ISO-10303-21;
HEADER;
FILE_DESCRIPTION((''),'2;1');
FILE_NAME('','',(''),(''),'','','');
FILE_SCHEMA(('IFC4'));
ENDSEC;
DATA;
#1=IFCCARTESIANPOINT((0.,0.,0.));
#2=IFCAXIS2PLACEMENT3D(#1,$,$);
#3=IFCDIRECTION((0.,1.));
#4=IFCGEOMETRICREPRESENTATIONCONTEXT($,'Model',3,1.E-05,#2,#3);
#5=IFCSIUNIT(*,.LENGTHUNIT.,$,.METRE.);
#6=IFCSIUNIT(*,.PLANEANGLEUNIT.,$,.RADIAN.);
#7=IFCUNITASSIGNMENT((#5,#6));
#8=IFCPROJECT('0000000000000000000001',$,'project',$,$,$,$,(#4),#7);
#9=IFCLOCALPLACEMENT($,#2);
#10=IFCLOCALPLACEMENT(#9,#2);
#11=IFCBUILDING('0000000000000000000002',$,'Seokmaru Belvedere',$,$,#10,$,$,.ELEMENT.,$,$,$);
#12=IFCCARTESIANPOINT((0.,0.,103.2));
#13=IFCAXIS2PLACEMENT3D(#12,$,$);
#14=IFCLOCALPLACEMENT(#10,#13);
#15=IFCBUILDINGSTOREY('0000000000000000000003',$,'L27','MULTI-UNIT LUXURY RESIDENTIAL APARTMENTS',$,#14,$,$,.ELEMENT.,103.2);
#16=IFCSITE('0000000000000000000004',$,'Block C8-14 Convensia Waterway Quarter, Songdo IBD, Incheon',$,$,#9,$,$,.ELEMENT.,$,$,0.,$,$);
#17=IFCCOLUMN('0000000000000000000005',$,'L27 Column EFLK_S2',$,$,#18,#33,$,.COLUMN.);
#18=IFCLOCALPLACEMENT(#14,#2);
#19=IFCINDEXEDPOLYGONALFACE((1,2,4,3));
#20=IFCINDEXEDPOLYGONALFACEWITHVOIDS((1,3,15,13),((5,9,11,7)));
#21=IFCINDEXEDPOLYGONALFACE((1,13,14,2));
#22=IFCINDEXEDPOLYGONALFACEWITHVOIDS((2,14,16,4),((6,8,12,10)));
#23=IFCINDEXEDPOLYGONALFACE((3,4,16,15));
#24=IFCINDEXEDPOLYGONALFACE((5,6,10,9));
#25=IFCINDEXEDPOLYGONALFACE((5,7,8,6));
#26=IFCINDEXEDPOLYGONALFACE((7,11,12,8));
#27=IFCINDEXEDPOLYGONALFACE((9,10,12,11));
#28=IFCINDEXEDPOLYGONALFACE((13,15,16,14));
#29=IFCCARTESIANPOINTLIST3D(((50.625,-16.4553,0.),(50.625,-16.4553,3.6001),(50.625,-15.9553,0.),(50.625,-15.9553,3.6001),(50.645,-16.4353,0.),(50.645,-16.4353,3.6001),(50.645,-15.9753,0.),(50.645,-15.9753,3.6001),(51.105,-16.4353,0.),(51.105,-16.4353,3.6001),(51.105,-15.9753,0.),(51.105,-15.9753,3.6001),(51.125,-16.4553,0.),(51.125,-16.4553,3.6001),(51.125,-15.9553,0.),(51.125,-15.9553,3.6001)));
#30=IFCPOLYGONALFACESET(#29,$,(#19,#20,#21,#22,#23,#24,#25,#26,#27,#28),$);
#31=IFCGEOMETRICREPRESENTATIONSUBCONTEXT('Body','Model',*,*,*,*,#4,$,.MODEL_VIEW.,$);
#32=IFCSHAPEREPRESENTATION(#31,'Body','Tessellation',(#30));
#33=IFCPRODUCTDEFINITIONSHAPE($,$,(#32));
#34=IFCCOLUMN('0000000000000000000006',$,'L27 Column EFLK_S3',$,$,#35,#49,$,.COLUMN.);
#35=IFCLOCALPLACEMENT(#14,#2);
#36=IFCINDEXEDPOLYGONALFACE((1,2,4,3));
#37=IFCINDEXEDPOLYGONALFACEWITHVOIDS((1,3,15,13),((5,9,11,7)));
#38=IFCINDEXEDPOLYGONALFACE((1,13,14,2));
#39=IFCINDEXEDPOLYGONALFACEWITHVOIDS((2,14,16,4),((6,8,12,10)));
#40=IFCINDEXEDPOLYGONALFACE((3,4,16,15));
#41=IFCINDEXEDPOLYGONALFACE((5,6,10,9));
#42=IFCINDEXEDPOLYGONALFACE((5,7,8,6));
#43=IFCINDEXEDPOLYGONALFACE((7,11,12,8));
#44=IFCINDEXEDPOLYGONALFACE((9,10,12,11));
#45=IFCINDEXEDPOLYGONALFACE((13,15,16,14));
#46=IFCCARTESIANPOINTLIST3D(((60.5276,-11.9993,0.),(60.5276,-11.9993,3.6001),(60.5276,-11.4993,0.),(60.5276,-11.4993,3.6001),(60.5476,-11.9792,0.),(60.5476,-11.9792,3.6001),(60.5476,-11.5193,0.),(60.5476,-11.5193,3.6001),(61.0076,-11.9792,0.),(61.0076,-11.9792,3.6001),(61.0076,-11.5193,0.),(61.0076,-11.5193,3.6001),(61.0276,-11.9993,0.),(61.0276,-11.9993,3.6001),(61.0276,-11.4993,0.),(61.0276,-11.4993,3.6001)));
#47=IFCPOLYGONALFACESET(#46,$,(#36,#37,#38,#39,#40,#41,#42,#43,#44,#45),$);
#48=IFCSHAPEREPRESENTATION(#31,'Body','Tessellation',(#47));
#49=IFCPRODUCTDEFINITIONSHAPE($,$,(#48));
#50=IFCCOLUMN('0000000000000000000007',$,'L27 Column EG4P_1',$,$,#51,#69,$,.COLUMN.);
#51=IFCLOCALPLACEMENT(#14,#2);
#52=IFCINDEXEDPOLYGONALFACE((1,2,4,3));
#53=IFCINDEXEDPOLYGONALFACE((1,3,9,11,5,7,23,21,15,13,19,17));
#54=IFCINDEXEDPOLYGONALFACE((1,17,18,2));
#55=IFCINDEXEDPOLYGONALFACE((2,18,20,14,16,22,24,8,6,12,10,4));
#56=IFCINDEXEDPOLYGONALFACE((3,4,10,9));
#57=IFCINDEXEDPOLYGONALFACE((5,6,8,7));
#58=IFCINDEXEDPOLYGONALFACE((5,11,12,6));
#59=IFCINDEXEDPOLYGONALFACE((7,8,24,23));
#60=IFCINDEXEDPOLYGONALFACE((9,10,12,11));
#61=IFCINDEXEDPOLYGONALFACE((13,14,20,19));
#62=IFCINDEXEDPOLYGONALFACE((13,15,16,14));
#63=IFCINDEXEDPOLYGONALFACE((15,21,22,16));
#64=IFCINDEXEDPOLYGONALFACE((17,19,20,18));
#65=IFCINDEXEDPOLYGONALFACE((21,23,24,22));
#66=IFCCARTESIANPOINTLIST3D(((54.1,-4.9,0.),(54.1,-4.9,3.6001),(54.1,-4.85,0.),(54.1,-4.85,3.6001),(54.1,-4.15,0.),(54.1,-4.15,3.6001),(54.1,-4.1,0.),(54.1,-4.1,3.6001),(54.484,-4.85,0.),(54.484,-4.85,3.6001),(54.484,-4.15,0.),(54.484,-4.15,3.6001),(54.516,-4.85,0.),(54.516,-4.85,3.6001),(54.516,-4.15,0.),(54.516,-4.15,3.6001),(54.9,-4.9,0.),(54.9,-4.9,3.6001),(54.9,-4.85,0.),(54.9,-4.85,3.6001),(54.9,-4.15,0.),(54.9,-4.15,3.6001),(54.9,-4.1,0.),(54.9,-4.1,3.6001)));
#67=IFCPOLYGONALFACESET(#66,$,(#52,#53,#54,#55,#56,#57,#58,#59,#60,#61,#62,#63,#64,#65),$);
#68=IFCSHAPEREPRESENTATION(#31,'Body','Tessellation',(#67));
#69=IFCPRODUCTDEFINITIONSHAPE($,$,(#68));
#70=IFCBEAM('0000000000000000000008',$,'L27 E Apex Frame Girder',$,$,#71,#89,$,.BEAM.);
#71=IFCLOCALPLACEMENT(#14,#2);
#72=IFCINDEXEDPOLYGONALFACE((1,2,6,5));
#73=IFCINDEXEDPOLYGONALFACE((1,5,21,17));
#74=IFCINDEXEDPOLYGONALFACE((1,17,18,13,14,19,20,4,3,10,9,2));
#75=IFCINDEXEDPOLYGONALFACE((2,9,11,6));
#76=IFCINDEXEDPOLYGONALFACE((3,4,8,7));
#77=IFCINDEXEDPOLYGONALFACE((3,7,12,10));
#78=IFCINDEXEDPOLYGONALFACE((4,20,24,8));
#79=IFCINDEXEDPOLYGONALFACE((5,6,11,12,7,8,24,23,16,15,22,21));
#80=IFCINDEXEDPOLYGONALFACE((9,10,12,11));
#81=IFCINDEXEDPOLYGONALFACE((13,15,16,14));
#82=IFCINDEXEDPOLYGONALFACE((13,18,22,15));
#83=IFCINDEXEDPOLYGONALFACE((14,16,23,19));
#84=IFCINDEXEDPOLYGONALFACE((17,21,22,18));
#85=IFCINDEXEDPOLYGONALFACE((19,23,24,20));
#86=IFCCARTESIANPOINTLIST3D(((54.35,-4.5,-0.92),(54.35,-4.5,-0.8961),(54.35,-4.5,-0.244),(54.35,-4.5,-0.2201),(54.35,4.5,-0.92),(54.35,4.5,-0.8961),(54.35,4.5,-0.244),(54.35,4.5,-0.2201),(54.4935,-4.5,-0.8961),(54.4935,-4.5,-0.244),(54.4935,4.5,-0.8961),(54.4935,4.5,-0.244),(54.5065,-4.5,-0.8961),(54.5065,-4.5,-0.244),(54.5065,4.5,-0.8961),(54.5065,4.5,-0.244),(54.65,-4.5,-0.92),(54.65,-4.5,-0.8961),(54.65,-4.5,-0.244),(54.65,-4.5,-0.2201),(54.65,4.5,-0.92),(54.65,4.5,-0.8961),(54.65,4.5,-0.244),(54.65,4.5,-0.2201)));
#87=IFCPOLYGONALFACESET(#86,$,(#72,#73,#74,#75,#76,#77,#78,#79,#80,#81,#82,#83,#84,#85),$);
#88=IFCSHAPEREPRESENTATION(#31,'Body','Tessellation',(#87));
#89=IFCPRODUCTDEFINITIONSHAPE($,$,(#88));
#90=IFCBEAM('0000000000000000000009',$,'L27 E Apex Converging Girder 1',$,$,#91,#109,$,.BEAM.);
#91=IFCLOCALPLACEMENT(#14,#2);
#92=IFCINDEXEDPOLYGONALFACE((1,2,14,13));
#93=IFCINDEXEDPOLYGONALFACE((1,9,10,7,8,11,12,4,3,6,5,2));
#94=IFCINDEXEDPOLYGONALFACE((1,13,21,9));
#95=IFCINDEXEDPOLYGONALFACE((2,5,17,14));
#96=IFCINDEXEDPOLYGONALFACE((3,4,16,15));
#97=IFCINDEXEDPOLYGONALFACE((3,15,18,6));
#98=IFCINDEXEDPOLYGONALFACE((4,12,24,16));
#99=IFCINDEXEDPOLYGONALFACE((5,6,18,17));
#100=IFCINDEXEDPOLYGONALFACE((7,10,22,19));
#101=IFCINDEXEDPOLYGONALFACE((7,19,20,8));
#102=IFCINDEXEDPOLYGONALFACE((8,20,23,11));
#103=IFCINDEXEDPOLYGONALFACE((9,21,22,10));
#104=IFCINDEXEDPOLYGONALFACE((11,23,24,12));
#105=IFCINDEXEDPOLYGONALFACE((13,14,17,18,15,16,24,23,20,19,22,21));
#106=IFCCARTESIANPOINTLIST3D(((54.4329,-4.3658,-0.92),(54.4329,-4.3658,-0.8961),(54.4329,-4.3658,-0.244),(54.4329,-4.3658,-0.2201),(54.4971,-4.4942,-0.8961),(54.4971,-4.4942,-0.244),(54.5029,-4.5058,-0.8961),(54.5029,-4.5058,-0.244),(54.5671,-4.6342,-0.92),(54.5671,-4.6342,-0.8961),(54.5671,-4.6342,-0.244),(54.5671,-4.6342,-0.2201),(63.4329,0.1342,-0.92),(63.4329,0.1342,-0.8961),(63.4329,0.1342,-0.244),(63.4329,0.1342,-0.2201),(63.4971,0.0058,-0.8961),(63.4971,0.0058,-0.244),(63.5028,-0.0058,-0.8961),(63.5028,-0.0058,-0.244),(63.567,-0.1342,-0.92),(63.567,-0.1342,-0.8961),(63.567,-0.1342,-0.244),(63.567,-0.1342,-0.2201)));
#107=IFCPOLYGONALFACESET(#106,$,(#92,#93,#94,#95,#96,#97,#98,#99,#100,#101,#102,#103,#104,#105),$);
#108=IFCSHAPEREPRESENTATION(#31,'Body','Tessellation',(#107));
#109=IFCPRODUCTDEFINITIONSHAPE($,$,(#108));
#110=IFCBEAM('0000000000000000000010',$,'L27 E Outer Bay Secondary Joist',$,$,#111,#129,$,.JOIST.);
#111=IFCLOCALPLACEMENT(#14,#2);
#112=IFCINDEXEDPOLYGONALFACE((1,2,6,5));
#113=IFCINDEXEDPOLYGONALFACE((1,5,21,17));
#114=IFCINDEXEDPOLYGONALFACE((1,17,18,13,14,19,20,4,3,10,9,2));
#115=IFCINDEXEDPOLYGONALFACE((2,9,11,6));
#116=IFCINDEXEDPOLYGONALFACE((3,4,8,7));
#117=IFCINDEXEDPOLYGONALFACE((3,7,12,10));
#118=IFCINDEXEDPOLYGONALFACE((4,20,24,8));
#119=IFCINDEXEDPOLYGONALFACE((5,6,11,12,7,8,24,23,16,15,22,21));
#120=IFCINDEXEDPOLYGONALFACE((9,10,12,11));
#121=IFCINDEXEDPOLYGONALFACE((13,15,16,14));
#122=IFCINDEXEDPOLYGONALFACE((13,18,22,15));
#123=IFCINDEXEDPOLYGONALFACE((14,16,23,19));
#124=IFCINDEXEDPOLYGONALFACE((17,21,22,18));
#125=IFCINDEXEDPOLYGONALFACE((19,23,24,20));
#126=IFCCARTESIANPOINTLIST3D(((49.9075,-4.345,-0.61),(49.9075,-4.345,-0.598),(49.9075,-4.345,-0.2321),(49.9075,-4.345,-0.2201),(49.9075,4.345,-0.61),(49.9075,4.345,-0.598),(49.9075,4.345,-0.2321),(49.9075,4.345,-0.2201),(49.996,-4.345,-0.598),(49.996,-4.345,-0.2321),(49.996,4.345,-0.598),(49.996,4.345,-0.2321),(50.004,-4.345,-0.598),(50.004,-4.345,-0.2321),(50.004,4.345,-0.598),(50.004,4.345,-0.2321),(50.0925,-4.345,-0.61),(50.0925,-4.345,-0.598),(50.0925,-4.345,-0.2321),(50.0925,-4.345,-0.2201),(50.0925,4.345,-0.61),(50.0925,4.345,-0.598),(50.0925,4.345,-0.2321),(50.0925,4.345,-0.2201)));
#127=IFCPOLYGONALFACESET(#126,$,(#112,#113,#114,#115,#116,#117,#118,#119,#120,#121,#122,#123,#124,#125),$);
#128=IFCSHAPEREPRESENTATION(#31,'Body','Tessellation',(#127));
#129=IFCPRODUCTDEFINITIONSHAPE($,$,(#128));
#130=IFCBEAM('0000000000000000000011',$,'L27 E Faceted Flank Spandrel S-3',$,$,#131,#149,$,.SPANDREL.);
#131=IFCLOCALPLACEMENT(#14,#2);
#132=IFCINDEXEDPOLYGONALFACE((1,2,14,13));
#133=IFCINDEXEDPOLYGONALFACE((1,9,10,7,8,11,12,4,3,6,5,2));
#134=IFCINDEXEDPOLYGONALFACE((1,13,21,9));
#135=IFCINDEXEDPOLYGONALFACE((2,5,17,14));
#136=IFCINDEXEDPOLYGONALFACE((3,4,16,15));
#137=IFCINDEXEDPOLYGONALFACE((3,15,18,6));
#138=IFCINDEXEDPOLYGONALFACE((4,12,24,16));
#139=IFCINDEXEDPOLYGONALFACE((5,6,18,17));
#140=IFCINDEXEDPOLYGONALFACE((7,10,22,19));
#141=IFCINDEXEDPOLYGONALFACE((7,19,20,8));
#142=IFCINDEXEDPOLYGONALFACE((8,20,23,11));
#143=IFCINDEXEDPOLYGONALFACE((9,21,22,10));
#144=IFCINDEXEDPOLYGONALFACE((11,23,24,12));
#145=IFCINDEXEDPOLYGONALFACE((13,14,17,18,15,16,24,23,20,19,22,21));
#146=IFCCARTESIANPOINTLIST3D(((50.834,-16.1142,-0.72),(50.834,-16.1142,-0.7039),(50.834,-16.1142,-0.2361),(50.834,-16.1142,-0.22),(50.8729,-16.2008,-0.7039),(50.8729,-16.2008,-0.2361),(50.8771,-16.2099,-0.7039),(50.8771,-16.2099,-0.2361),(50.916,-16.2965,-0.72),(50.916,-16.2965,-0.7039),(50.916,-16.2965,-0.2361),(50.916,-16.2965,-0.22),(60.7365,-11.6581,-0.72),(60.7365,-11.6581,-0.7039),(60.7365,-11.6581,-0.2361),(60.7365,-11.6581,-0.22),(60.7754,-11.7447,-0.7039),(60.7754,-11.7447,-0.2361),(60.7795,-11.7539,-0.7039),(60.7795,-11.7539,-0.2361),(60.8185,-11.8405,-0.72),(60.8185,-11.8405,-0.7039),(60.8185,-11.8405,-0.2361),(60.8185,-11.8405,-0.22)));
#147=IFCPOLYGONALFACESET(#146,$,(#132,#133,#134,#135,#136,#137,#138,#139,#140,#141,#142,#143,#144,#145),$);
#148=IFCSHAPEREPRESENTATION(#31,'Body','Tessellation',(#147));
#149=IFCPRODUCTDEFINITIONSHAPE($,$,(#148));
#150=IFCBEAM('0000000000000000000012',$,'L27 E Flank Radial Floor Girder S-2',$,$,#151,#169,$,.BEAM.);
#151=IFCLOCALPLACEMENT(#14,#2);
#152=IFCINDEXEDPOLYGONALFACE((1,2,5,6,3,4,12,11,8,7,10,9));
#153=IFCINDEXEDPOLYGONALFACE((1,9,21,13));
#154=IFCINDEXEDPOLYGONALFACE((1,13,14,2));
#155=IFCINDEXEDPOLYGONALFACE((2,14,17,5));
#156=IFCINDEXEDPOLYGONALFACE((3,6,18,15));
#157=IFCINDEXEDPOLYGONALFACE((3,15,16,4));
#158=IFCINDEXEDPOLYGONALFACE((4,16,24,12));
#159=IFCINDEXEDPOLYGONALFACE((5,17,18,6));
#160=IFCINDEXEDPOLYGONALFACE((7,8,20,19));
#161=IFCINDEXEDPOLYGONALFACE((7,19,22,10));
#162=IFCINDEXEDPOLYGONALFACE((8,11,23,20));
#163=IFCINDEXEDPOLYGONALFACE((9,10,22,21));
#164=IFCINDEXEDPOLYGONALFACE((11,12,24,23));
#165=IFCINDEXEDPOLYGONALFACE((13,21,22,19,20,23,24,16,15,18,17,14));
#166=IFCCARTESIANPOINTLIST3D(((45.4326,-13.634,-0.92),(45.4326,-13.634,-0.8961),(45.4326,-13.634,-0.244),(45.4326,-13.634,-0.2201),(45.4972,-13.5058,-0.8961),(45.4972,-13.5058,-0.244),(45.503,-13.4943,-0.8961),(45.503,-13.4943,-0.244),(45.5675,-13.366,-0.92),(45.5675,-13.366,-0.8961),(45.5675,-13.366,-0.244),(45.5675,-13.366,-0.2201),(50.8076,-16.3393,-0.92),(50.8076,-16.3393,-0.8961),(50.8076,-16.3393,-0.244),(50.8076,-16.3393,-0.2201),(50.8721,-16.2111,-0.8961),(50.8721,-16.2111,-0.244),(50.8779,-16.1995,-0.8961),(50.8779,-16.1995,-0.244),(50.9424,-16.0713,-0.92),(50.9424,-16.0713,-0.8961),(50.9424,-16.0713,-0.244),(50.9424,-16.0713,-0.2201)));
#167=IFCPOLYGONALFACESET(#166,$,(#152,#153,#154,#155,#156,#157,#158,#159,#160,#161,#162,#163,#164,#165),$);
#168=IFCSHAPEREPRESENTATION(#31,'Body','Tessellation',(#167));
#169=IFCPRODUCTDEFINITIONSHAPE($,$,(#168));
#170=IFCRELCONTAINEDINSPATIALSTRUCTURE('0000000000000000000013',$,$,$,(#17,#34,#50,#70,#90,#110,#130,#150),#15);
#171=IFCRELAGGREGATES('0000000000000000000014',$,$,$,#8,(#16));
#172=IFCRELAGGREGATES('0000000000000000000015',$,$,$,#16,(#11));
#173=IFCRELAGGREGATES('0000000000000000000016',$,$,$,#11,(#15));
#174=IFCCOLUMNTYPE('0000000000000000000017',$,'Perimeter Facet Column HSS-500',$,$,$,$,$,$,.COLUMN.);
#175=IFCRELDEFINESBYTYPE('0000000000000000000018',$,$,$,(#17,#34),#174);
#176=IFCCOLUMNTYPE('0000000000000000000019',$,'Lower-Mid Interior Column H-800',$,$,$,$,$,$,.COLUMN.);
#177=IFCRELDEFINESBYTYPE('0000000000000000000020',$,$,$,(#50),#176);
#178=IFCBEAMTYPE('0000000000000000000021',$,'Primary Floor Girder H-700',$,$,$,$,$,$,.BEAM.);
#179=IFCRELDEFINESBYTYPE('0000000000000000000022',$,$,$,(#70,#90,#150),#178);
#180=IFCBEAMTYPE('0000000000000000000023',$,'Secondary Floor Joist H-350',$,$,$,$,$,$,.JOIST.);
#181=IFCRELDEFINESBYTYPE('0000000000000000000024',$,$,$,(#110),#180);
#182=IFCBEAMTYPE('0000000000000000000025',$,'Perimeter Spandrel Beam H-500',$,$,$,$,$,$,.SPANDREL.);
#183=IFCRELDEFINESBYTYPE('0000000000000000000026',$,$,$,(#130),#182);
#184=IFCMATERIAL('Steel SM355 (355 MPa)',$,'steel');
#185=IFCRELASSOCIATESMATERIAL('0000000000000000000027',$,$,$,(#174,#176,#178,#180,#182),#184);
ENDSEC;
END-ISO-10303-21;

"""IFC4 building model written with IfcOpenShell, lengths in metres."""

from ifc_helpers import new_model, si_unit, direction, frame, origin, origin_2d, place, context, subcontext, project, spatial, hollow_rectangle, i_section, extrude, source, transform, mapped, material, material_profile, profile_set, type_object, type_shapes, element, save


model = new_model("IFC4")

# Units and contexts
model_context = context("Model", 3, precision=1e-05, world=origin(), true_north=direction((0.0, 1.0)))
body_context = subcontext(model_context, "Body", "Model", "MODEL_VIEW")
ifc_project = project(units=[si_unit("LENGTHUNIT", "METRE"), si_unit("PLANEANGLEUNIT", "RADIAN")], contexts=[model_context])

# Site, building, storey
site_placement = place(None, origin())
site = spatial("IfcSite", under=ifc_project, at=site_placement, Name="Block C8-14 Convensia Waterway Quarter, Songdo IBD, Incheon", CompositionType="ELEMENT", RefElevation=0.0)
building_placement = place(site_placement, origin())
building = spatial("IfcBuilding", under=site, at=building_placement, Name="Seokmaru Belvedere", CompositionType="ELEMENT")
storey_placement = place(building_placement, frame((0.0, 0.0, 103.2)))
storey = spatial("IfcBuildingStorey", under=building, at=storey_placement, Name="L27", Description="MULTI-UNIT LUXURY RESIDENTIAL APARTMENTS", CompositionType="ELEMENT", Elevation=103.2)

# Columns
ifc_material_1 = material(Name="Steel SM355 (355 MPa)", Category="steel")
ifc_material_profile_1 = material_profile(ifc_material_1, hollow_rectangle(XDim=0.5, YDim=0.5, WallThickness=0.02, at=origin_2d()), Name="HSS-500x500x20")
ifc_profile_set_1 = profile_set([ifc_material_profile_1], Name="Steel SM355 (355 MPa)")
column_type_1 = type_object("IfcColumnType", Name="Perimeter Facet Column HSS-500", PredefinedType="COLUMN", material=ifc_profile_set_1)
shared_shape_1 = source(origin(), body_context, "Body", "SweptSolid", [
    extrude(hollow_rectangle(XDim=0.5, YDim=0.5, WallThickness=0.02, at=origin_2d()), origin(), (0.0, 0.0, 1.0), 3.6001),
])
type_shapes(column_type_1, [shared_shape_1])
for number, where, z_axis, x_axis, name in (
    (1, (50.875, -16.2053, 0.0), (0.0, 0.0, 1.0), (1.0, 0.0, 0.0), "L27 Column EFLK_S2"),
    (2, (60.7776, -11.7493, 0.0), (0.0, 0.0, 1.0), (1.0, 0.0, 0.0), "L27 Column EFLK_S3"),
):
    element("IfcColumn", number, at=place(storey_placement, frame(where, z_axis=z_axis, x_axis=x_axis)), inside=storey, type_object=column_type_1, Name=name, PredefinedType="COLUMN", context=body_context, shape_type="MappedRepresentation", body=[
        mapped(shared_shape_1, transform((0.0, 0.0, 0.0), scale=1.0)),
    ])
ifc_material_profile_2 = material_profile(ifc_material_1, i_section(OverallWidth=0.8, OverallDepth=0.8, WebThickness=0.032, FlangeThickness=0.05, at=origin_2d()), Name="H-800x800x32x50")
ifc_profile_set_2 = profile_set([ifc_material_profile_2], Name="Steel SM355 (355 MPa)")
column_type_2 = type_object("IfcColumnType", Name="Lower-Mid Interior Column H-800", PredefinedType="COLUMN", material=ifc_profile_set_2)
shared_shape_2 = source(origin(), body_context, "Body", "SweptSolid", [
    extrude(i_section(OverallWidth=0.8, OverallDepth=0.8, WebThickness=0.032, FlangeThickness=0.05, at=origin_2d()), origin(), (0.0, 0.0, 1.0), 3.6001),
])
type_shapes(column_type_2, [shared_shape_2])
column_placement = place(storey_placement, frame((54.5, -4.5, 0.0), z_axis=(0.0, 0.0, 1.0), x_axis=(1.0, 0.0, 0.0)))
element("IfcColumn", 3, at=column_placement, inside=storey, type_object=column_type_2, Name="L27 Column EG4P_1", PredefinedType="COLUMN", context=body_context, shape_type="MappedRepresentation", body=[
    mapped(shared_shape_2, transform((0.0, 0.0, 0.0), scale=1.0)),
])

# Beams
ifc_material_profile_3 = material_profile(ifc_material_1, i_section(OverallWidth=0.3, OverallDepth=0.7, WebThickness=0.0129, FlangeThickness=0.0239, at=origin_2d()), Name="H-700x300x13x24")
ifc_profile_set_3 = profile_set([ifc_material_profile_3], Name="Steel SM355 (355 MPa)")
beam_type_1 = type_object("IfcBeamType", Name="Primary Floor Girder H-700", PredefinedType="BEAM", material=ifc_profile_set_3)
shared_shape_3 = source(origin(), body_context, "Body", "SweptSolid", [
    extrude(i_section(OverallWidth=0.3, OverallDepth=0.7, WebThickness=0.0129, FlangeThickness=0.0239, at=origin_2d()), origin(), (0.0, 0.0, 1.0), 9.0),
])
beam_1_placement = place(storey_placement, frame((54.5, -4.5, -0.5701), z_axis=(0.0, 1.0, 0.0), x_axis=(-1.0, 0.0, 0.0)))
element("IfcBeam", 4, at=beam_1_placement, inside=storey, type_object=beam_type_1, Name="L27 E Apex Frame Girder", PredefinedType="BEAM", context=body_context, shape_type="MappedRepresentation", body=[
    mapped(shared_shape_3, transform((0.0, 0.0, 0.0), scale=1.0)),
])
shared_shape_4 = source(origin(), body_context, "Body", "SweptSolid", [
    extrude(i_section(OverallWidth=0.3, OverallDepth=0.7, WebThickness=0.0129, FlangeThickness=0.0239, at=origin_2d()), origin(), (0.0, 0.0, 1.0), 10.0623),
])
beam_2_placement = place(storey_placement, frame((54.5, -4.5, -0.5701), z_axis=(0.894427, 0.447214, 0.0), x_axis=(-0.447214, 0.894427, 0.0)))
element("IfcBeam", 5, at=beam_2_placement, inside=storey, type_object=beam_type_1, Name="L27 E Apex Converging Girder 1", PredefinedType="BEAM", context=body_context, shape_type="MappedRepresentation", body=[
    mapped(shared_shape_4, transform((0.0, 0.0, 0.0), scale=1.0)),
])
ifc_material_profile_4 = material_profile(ifc_material_1, i_section(OverallWidth=0.1851, OverallDepth=0.3899, WebThickness=0.0081, FlangeThickness=0.012, at=origin_2d()), Name="H-390x185x8x12")
ifc_profile_set_4 = profile_set([ifc_material_profile_4], Name="Steel SM355 (355 MPa)")
beam_type_2 = type_object("IfcBeamType", Name="Secondary Floor Joist H-350", PredefinedType="JOIST", material=ifc_profile_set_4)
shared_shape_5 = source(origin(), body_context, "Body", "SweptSolid", [
    extrude(i_section(OverallWidth=0.1851, OverallDepth=0.3899, WebThickness=0.0081, FlangeThickness=0.012, at=origin_2d()), origin(), (0.0, 0.0, 1.0), 8.6899),
])
type_shapes(beam_type_2, [shared_shape_5])
beam_3_placement = place(storey_placement, frame((50.0, -4.345, -0.415), z_axis=(0.0, 1.0, 0.0), x_axis=(-1.0, 0.0, 0.0)))
element("IfcBeam", 6, at=beam_3_placement, inside=storey, type_object=beam_type_2, Name="L27 E Outer Bay Secondary Joist", PredefinedType="JOIST", context=body_context, shape_type="MappedRepresentation", body=[
    mapped(shared_shape_5, transform((0.0, 0.0, 0.0), scale=1.0)),
])
ifc_material_profile_5 = material_profile(ifc_material_1, i_section(OverallWidth=0.2, OverallDepth=0.5, WebThickness=0.01, FlangeThickness=0.0161, at=origin_2d()), Name="H-500x200x10x16")
ifc_profile_set_5 = profile_set([ifc_material_profile_5], Name="Steel SM355 (355 MPa)")
beam_type_3 = type_object("IfcBeamType", Name="Perimeter Spandrel Beam H-500", PredefinedType="SPANDREL", material=ifc_profile_set_5)
shared_shape_6 = source(origin(), body_context, "Body", "SweptSolid", [
    extrude(i_section(OverallWidth=0.2, OverallDepth=0.5, WebThickness=0.01, FlangeThickness=0.0161, at=origin_2d()), origin(), (0.0, 0.0, 1.0), 10.8589),
])
type_shapes(beam_type_3, [shared_shape_6])
beam_4_placement = place(storey_placement, frame((50.875, -16.2053, -0.47), z_axis=(0.911925, 0.410356, 0.0), x_axis=(-0.410356, 0.911925, 0.0)))
element("IfcBeam", 7, at=beam_4_placement, inside=storey, type_object=beam_type_3, Name="L27 E Faceted Flank Spandrel S-3", PredefinedType="SPANDREL", context=body_context, shape_type="MappedRepresentation", body=[
    mapped(shared_shape_6, transform((0.0, 0.0, 0.0), scale=1.0)),
])
shared_shape_7 = source(origin(), body_context, "Body", "SweptSolid", [
    extrude(i_section(OverallWidth=0.3, OverallDepth=0.7, WebThickness=0.0129, FlangeThickness=0.0239, at=origin_2d()), origin(), (0.0, 0.0, 1.0), 6.0173),
])
type_shapes(beam_type_1, [shared_shape_3, shared_shape_4, shared_shape_7])
beam_5_placement = place(storey_placement, frame((50.875, -16.2053, -0.5701), z_axis=(-0.893239, 0.449581, 0.0), x_axis=(-0.449581, -0.893239, 0.0)))
element("IfcBeam", 8, at=beam_5_placement, inside=storey, type_object=beam_type_1, Name="L27 E Flank Radial Floor Girder S-2", PredefinedType="BEAM", context=body_context, shape_type="MappedRepresentation", body=[
    mapped(shared_shape_7, transform((0.0, 0.0, 0.0), scale=1.0)),
])

save(model, "model.ifc")
